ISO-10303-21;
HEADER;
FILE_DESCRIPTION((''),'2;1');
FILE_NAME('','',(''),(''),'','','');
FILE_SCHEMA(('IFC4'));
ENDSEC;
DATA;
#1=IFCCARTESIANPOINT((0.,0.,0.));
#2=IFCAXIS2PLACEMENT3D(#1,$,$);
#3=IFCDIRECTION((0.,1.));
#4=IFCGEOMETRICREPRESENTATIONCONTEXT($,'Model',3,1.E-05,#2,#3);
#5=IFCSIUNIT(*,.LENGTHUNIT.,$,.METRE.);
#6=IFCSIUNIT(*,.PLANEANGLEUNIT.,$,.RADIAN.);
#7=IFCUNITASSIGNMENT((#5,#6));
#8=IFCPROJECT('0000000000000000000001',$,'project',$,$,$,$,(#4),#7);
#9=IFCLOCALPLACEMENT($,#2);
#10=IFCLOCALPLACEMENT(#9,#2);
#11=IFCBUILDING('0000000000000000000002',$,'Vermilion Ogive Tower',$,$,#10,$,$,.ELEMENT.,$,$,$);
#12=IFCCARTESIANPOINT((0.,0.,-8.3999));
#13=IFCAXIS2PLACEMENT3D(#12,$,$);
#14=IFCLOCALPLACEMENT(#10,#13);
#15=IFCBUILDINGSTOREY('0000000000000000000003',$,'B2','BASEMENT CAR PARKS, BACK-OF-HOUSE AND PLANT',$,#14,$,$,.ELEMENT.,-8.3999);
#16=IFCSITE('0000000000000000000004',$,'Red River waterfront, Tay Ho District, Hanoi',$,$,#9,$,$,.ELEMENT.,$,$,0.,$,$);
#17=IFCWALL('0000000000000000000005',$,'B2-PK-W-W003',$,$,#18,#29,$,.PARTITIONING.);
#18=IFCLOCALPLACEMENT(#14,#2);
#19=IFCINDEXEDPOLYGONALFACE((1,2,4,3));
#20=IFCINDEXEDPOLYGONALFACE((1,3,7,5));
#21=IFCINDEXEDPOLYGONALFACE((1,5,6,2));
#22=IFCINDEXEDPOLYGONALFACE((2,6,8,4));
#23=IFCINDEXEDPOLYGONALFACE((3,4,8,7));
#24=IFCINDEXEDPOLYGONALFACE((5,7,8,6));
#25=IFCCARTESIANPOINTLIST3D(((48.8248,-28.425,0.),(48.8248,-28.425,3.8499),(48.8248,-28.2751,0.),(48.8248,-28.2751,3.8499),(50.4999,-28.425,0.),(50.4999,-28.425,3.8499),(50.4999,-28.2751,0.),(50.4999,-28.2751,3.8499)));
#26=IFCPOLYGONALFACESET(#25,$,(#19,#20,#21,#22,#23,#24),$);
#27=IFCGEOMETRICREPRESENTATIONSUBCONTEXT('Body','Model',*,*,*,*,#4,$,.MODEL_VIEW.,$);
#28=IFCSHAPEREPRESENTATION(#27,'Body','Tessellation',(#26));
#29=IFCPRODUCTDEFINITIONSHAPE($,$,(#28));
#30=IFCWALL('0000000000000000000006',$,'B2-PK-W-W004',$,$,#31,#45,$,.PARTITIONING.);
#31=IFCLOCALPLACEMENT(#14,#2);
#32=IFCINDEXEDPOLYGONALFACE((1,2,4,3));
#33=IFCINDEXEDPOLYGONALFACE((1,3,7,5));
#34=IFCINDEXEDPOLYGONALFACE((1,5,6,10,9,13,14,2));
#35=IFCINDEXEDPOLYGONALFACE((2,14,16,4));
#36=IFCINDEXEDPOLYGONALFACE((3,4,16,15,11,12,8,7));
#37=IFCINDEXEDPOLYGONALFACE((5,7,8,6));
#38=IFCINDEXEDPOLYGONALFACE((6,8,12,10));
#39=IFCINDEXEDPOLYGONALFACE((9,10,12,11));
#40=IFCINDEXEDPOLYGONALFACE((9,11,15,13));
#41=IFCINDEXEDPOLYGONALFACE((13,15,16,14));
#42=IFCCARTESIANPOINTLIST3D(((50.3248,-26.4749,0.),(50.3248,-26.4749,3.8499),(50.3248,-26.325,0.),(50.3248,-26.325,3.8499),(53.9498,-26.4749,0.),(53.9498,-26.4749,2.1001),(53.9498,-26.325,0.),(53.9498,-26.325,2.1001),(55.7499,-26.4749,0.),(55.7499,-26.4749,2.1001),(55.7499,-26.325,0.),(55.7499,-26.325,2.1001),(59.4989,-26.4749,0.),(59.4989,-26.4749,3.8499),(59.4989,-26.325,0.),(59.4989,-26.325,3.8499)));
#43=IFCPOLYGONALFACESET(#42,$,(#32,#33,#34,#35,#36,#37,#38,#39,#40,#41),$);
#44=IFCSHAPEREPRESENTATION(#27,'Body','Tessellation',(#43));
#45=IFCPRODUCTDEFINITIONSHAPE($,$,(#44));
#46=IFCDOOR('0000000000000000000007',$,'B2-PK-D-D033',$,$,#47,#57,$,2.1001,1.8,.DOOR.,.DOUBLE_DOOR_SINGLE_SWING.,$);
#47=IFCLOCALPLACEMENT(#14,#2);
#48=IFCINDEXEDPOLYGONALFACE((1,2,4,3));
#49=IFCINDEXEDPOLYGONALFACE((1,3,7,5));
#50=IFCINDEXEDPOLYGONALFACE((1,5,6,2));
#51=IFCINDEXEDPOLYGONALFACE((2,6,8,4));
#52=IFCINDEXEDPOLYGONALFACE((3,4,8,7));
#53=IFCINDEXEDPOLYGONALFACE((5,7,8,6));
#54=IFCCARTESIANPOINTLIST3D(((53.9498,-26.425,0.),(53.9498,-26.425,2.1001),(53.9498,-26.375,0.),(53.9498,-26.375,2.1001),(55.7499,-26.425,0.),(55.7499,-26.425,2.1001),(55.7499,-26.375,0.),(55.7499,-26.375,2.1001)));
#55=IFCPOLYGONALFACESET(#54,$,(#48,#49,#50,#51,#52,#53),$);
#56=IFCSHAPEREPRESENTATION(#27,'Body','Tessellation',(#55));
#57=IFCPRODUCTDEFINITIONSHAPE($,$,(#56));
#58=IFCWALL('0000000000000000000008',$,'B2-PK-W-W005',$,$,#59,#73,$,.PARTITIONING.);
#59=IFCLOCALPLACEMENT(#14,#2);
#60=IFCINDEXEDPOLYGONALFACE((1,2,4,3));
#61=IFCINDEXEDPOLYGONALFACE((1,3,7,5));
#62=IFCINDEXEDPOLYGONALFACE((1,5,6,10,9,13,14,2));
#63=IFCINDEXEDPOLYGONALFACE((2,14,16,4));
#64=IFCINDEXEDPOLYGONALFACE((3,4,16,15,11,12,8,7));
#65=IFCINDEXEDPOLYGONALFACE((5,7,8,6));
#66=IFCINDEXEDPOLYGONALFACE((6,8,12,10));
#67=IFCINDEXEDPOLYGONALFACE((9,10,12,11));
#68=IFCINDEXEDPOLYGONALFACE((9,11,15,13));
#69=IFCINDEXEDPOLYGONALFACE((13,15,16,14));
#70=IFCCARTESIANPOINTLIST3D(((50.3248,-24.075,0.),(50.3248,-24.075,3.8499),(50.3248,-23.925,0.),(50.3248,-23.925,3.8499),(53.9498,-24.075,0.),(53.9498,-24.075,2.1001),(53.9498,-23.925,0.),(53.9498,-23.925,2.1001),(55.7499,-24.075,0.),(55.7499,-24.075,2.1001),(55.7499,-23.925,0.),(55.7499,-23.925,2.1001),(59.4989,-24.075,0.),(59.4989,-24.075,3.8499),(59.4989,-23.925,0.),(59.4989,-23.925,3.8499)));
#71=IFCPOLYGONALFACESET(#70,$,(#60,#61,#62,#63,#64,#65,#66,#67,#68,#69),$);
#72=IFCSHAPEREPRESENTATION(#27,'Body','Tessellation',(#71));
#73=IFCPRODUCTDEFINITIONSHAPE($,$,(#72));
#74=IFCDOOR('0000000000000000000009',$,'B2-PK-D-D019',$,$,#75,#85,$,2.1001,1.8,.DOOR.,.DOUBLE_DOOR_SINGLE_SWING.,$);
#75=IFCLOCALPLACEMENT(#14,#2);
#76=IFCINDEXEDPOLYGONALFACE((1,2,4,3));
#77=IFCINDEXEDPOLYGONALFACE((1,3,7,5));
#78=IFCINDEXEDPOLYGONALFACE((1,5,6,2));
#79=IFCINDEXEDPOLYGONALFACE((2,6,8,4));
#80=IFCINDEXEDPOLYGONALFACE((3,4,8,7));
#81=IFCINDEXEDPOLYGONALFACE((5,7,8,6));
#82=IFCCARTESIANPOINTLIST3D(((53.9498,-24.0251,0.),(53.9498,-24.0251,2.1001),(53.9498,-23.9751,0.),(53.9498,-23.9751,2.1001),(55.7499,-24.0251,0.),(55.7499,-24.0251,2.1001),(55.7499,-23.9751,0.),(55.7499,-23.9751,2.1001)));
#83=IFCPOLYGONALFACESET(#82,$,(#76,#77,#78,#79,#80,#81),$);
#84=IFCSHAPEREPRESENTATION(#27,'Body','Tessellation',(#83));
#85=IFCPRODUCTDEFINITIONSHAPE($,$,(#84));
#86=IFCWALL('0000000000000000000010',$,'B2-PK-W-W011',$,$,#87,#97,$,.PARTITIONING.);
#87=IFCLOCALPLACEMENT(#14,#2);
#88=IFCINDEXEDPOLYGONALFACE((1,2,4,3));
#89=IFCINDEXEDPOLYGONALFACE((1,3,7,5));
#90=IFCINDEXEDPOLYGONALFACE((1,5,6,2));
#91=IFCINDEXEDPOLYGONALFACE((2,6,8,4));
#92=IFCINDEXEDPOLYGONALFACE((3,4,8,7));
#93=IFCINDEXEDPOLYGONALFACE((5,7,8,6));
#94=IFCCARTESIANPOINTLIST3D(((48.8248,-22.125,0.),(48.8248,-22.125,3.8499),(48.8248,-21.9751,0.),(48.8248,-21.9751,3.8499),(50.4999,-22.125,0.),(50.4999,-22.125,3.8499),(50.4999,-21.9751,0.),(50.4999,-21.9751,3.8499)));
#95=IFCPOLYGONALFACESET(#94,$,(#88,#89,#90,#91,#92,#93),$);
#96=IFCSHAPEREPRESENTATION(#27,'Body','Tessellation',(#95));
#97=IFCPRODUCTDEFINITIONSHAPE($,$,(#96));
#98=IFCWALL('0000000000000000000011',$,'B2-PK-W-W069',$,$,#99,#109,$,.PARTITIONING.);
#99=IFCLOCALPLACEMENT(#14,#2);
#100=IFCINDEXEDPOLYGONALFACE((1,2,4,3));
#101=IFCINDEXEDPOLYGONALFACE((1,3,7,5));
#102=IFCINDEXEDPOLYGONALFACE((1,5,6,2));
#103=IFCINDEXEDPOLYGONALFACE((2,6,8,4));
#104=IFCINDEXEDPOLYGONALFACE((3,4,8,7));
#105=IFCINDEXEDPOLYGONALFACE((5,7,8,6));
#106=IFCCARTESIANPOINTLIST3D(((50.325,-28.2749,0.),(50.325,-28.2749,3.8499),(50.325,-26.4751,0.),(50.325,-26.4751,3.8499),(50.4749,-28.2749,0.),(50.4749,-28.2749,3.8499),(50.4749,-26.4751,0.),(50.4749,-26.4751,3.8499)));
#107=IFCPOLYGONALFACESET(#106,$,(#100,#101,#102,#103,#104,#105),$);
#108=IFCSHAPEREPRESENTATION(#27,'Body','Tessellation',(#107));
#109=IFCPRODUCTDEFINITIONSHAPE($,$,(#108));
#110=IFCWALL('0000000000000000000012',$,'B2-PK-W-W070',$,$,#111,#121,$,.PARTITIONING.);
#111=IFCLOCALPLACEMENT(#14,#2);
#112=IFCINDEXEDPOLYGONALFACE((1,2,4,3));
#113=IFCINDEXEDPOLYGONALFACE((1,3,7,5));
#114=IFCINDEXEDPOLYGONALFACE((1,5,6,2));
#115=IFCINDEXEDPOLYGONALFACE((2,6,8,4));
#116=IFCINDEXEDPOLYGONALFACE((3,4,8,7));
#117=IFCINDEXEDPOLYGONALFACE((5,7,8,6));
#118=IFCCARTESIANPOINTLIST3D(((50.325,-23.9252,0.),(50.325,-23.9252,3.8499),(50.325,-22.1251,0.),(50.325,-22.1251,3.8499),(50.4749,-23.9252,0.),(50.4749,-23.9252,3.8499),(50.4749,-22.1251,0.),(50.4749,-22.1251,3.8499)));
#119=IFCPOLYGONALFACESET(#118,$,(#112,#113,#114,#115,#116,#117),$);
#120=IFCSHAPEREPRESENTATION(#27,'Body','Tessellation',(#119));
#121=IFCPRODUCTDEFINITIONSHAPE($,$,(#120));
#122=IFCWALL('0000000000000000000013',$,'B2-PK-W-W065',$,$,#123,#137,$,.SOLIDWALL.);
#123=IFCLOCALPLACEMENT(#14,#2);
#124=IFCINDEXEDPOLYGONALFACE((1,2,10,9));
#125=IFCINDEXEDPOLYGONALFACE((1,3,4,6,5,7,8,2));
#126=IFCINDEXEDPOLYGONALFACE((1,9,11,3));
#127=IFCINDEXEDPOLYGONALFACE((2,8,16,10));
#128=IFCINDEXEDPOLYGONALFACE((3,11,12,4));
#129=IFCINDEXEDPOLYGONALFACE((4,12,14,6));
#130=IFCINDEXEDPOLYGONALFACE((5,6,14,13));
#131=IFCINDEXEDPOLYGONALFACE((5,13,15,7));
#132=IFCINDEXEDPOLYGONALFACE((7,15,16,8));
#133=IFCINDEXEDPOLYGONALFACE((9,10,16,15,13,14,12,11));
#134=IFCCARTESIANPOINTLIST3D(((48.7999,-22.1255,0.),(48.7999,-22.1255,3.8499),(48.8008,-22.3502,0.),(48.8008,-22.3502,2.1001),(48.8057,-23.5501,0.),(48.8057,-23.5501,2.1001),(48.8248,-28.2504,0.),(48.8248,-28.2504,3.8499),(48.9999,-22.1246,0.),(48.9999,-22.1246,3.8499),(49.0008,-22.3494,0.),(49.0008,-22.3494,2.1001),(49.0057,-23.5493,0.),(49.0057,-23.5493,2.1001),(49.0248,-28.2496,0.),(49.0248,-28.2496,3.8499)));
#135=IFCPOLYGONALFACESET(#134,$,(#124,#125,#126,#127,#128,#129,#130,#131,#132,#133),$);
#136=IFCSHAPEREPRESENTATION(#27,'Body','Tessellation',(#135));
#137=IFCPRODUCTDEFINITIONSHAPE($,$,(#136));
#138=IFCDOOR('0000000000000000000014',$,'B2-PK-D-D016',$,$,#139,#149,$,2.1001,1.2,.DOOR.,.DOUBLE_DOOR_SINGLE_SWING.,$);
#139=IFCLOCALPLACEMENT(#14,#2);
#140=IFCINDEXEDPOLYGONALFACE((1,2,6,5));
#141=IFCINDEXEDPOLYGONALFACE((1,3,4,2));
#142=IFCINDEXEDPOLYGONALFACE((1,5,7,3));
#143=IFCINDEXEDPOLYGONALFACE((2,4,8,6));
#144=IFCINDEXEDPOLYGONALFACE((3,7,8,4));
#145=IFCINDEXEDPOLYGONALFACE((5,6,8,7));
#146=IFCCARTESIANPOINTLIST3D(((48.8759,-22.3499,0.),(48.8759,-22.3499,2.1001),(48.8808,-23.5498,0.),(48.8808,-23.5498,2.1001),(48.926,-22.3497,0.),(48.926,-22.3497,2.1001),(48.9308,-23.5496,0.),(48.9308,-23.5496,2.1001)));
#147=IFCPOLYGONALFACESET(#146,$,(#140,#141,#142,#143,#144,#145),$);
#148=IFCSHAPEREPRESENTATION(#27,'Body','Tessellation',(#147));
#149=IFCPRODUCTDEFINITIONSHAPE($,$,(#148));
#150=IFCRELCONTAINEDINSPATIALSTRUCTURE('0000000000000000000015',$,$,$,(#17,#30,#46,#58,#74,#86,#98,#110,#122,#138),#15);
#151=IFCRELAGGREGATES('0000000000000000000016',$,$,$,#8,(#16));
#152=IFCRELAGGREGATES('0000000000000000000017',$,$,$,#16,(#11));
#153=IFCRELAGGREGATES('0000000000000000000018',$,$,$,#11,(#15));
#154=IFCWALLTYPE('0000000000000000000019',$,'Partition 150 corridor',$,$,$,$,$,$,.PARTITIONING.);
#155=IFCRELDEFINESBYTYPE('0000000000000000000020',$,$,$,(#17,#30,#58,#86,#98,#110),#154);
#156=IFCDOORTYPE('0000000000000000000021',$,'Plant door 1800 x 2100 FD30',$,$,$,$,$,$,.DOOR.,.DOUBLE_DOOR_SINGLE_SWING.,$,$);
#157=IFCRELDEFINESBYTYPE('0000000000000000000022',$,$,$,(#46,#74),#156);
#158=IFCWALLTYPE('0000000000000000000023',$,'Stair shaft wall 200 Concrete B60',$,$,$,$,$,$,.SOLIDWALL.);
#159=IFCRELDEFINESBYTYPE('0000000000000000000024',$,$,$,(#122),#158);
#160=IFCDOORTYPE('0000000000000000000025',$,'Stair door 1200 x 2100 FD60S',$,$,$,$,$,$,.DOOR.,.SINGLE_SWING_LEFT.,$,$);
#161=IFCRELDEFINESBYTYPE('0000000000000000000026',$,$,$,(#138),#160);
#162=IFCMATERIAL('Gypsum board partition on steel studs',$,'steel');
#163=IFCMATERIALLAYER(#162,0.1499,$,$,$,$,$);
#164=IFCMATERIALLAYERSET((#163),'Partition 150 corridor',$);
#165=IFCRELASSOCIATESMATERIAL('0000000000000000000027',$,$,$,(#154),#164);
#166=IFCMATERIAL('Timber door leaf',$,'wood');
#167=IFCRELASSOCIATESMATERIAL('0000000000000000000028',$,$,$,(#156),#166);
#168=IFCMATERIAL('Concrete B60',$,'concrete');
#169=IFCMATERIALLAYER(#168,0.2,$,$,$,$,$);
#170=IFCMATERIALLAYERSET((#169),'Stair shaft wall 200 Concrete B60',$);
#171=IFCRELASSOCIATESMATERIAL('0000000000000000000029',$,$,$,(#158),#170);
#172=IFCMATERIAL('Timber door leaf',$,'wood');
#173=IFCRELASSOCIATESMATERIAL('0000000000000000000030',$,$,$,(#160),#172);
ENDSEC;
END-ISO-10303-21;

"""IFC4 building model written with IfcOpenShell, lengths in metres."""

from ifc_helpers import new_model, si_unit, direction, frame, frame_2d, origin, place, context, subcontext, project, spatial, rectangle, extrude, material, layer, layer_set, type_object, element, fill, save


model = new_model("IFC4")

# Units and contexts
model_context = context("Model", 3, precision=1e-05, world=origin(), true_north=direction((0.0, 1.0)))
body_context = subcontext(model_context, "Body", "Model", "MODEL_VIEW")
ifc_project = project(units=[si_unit("LENGTHUNIT", "METRE"), si_unit("PLANEANGLEUNIT", "RADIAN")], contexts=[model_context])

# Site, building, storey
site_placement = place(None, origin())
site = spatial("IfcSite", under=ifc_project, at=site_placement, Name="Red River waterfront, Tay Ho District, Hanoi", CompositionType="ELEMENT", RefElevation=0.0)
building_placement = place(site_placement, origin())
building = spatial("IfcBuilding", under=site, at=building_placement, Name="Vermilion Ogive Tower", CompositionType="ELEMENT")
storey_placement = place(building_placement, frame((0.0, 0.0, -8.3999)))
storey = spatial("IfcBuildingStorey", under=building, at=storey_placement, Name="B2", Description="BASEMENT CAR PARKS, BACK-OF-HOUSE AND PLANT", CompositionType="ELEMENT", Elevation=-8.3999)

# Wall
ifc_material_1 = material(Name="Gypsum board partition on steel studs", Category="steel")
ifc_layer_1 = layer(ifc_material_1, 0.1499)
ifc_layer_set_1 = layer_set([ifc_layer_1], Name="Partition 150 corridor")
wall_type_1 = type_object("IfcWallType", Name="Partition 150 corridor", PredefinedType="PARTITIONING", material=ifc_layer_set_1)
wall_1_placement = place(storey_placement, frame((48.825, -28.3501, 0.0), z_axis=(0.0, 0.0, 1.0), x_axis=(1.0, 0.0, 0.0)))
element("IfcWall", 1, at=wall_1_placement, inside=storey, type_object=wall_type_1, Name="B2-PK-W-W003", PredefinedType="PARTITIONING", context=body_context, shape_type="SweptSolid", body=[
    extrude(rectangle(XDim=1.675, YDim=0.1499, at=frame_2d((0.8374, 0.0))), origin(), (0.0, 0.0, 1.0), 3.8499),
])

# Walls, openings, doors
wall_2_placement = place(storey_placement, frame((50.325, -26.3999, 0.0), z_axis=(0.0, 0.0, 1.0), x_axis=(1.0, 0.0, 0.0)))
wall_2 = element("IfcWall", 2, at=wall_2_placement, inside=storey, type_object=wall_type_1, Name="B2-PK-W-W004", PredefinedType="PARTITIONING", context=body_context, shape_type="SweptSolid", body=[
    extrude(rectangle(XDim=9.1741, YDim=0.1499, at=frame_2d((4.5869, 0.0))), origin(), (0.0, 0.0, 1.0), 3.8499),
])
opening_1_placement = place(wall_2_placement, frame((3.625, 0.0, 0.0)))
opening_1 = element("IfcOpeningElement", 3, at=opening_1_placement, cuts=wall_2, PredefinedType="OPENING", context=body_context, shape_type="SweptSolid", body=[
    extrude(rectangle(XDim=1.8, YDim=2.1001, at=frame_2d((0.8999, 1.05))), frame((0.0, 0.085, 0.0), z_axis=(0.0, -1.0, 0.0), x_axis=(1.0, 0.0, 0.0)), (0.0, 0.0, 1.0), 0.1699),
])
ifc_material_2 = material(Name="Timber door leaf", Category="wood")
door_type_1 = type_object("IfcDoorType", Name="Plant door 1800 x 2100 FD30", OperationType="DOUBLE_DOOR_SINGLE_SWING", PredefinedType="DOOR", material=ifc_material_2)
door_1_placement = place(opening_1_placement, origin())
door_1 = element("IfcDoor", 4, at=door_1_placement, inside=storey, type_object=door_type_1, Name="B2-PK-D-D033", OperationType="DOUBLE_DOOR_SINGLE_SWING", OverallHeight=2.1001, OverallWidth=1.8, PredefinedType="DOOR", context=body_context, shape_type="SweptSolid", body=[
    extrude(rectangle(XDim=1.8, YDim=2.1001, at=frame_2d((0.8999, 1.05))), frame((0.0, 0.0249, 0.0), z_axis=(0.0, -1.0, 0.0), x_axis=(1.0, 0.0, 0.0)), (0.0, 0.0, 1.0), 0.05),
])
fill(opening_1, door_1)
wall_3_placement = place(storey_placement, frame((50.325, -24.0, 0.0), z_axis=(0.0, 0.0, 1.0), x_axis=(1.0, 0.0, 0.0)))
wall_3 = element("IfcWall", 5, at=wall_3_placement, inside=storey, type_object=wall_type_1, Name="B2-PK-W-W005", PredefinedType="PARTITIONING", context=body_context, shape_type="SweptSolid", body=[
    extrude(rectangle(XDim=9.1741, YDim=0.1499, at=frame_2d((4.5869, 0.0))), origin(), (0.0, 0.0, 1.0), 3.8499),
])
opening_2_placement = place(wall_3_placement, frame((3.625, 0.0, 0.0)))
opening_2 = element("IfcOpeningElement", 6, at=opening_2_placement, cuts=wall_3, PredefinedType="OPENING", context=body_context, shape_type="SweptSolid", body=[
    extrude(rectangle(XDim=1.8, YDim=2.1001, at=frame_2d((0.8999, 1.05))), frame((0.0, 0.085, 0.0), z_axis=(0.0, -1.0, 0.0), x_axis=(1.0, 0.0, 0.0)), (0.0, 0.0, 1.0), 0.1699),
])
door_2_placement = place(opening_2_placement, origin())
door_2 = element("IfcDoor", 7, at=door_2_placement, inside=storey, type_object=door_type_1, Name="B2-PK-D-D019", OperationType="DOUBLE_DOOR_SINGLE_SWING", OverallHeight=2.1001, OverallWidth=1.8, PredefinedType="DOOR", context=body_context, shape_type="SweptSolid", body=[
    extrude(rectangle(XDim=1.8, YDim=2.1001, at=frame_2d((0.8999, 1.05))), frame((0.0, 0.0249, 0.0), z_axis=(0.0, -1.0, 0.0), x_axis=(1.0, 0.0, 0.0)), (0.0, 0.0, 1.0), 0.05),
])
fill(opening_2, door_2)

# Walls
wall_4_placement = place(storey_placement, frame((48.825, -22.05, 0.0), z_axis=(0.0, 0.0, 1.0), x_axis=(1.0, 0.0, 0.0)))
element("IfcWall", 8, at=wall_4_placement, inside=storey, type_object=wall_type_1, Name="B2-PK-W-W011", PredefinedType="PARTITIONING", context=body_context, shape_type="SweptSolid", body=[
    extrude(rectangle(XDim=1.675, YDim=0.1499, at=frame_2d((0.8374, 0.0))), origin(), (0.0, 0.0, 1.0), 3.8499),
])
wall_5_placement = place(storey_placement, frame((50.3999, -28.2749, 0.0), z_axis=(0.0, 0.0, 1.0), x_axis=(0.0, 1.0, 0.0)))
element("IfcWall", 9, at=wall_5_placement, inside=storey, type_object=wall_type_1, Name="B2-PK-W-W069", PredefinedType="PARTITIONING", context=body_context, shape_type="SweptSolid", body=[
    extrude(rectangle(XDim=1.7998, YDim=0.1499, at=frame_2d((0.8999, 0.0))), origin(), (0.0, 0.0, 1.0), 3.8499),
])
wall_6_placement = place(storey_placement, frame((50.3999, -23.925, 0.0), z_axis=(0.0, 0.0, 1.0), x_axis=(0.0, 1.0, 0.0)))
element("IfcWall", 10, at=wall_6_placement, inside=storey, type_object=wall_type_1, Name="B2-PK-W-W070", PredefinedType="PARTITIONING", context=body_context, shape_type="SweptSolid", body=[
    extrude(rectangle(XDim=1.8, YDim=0.1499, at=frame_2d((0.8999, 0.0))), origin(), (0.0, 0.0, 1.0), 3.8499),
])

# Wall, opening, door
ifc_material_3 = material(Name="Concrete B60", Category="concrete")
ifc_layer_2 = layer(ifc_material_3, 0.2)
ifc_layer_set_2 = layer_set([ifc_layer_2], Name="Stair shaft wall 200 Concrete B60")
wall_type_2 = type_object("IfcWallType", Name="Stair shaft wall 200 Concrete B60", PredefinedType="SOLIDWALL", material=ifc_layer_set_2)
wall_7_placement = place(storey_placement, frame((48.9248, -28.25, 0.0), z_axis=(0.0, 0.0, 1.0), x_axis=(-0.004066, 0.999992, 0.0)))
wall_7 = element("IfcWall", 11, at=wall_7_placement, inside=storey, type_object=wall_type_2, Name="B2-PK-W-W065", PredefinedType="SOLIDWALL", context=body_context, shape_type="SweptSolid", body=[
    extrude(rectangle(XDim=6.125, YDim=0.2, at=frame_2d((3.0625, 0.0))), origin(), (0.0, 0.0, 1.0), 3.8499),
])
opening_3_placement = place(wall_7_placement, frame((4.7002, 0.0, 0.0)))
opening_3 = element("IfcOpeningElement", 12, at=opening_3_placement, cuts=wall_7, PredefinedType="OPENING", context=body_context, shape_type="SweptSolid", body=[
    extrude(rectangle(XDim=1.2, YDim=2.1001, at=frame_2d((0.6001, 1.05))), frame((0.0, 0.1099, 0.0), z_axis=(0.0, -1.0, 0.0), x_axis=(1.0, 0.0, 0.0)), (0.0, 0.0, 1.0), 0.22),
])
ifc_material_4 = material(Name="Timber door leaf", Category="wood")
door_type_2 = type_object("IfcDoorType", Name="Stair door 1200 x 2100 FD60S", OperationType="SINGLE_SWING_LEFT", PredefinedType="DOOR", material=ifc_material_4)
door_3_placement = place(opening_3_placement, origin())
door_3 = element("IfcDoor", 13, at=door_3_placement, inside=storey, type_object=door_type_2, Name="B2-PK-D-D016", OperationType="DOUBLE_DOOR_SINGLE_SWING", OverallHeight=2.1001, OverallWidth=1.2, PredefinedType="DOOR", context=body_context, shape_type="SweptSolid", body=[
    extrude(rectangle(XDim=1.2, YDim=2.1001, at=frame_2d((0.6001, 1.05))), frame((0.0, 0.0249, 0.0), z_axis=(0.0, -1.0, 0.0), x_axis=(1.0, 0.0, 0.0)), (0.0, 0.0, 1.0), 0.05),
])
fill(opening_3, door_3)

save(model, "model.ifc")
